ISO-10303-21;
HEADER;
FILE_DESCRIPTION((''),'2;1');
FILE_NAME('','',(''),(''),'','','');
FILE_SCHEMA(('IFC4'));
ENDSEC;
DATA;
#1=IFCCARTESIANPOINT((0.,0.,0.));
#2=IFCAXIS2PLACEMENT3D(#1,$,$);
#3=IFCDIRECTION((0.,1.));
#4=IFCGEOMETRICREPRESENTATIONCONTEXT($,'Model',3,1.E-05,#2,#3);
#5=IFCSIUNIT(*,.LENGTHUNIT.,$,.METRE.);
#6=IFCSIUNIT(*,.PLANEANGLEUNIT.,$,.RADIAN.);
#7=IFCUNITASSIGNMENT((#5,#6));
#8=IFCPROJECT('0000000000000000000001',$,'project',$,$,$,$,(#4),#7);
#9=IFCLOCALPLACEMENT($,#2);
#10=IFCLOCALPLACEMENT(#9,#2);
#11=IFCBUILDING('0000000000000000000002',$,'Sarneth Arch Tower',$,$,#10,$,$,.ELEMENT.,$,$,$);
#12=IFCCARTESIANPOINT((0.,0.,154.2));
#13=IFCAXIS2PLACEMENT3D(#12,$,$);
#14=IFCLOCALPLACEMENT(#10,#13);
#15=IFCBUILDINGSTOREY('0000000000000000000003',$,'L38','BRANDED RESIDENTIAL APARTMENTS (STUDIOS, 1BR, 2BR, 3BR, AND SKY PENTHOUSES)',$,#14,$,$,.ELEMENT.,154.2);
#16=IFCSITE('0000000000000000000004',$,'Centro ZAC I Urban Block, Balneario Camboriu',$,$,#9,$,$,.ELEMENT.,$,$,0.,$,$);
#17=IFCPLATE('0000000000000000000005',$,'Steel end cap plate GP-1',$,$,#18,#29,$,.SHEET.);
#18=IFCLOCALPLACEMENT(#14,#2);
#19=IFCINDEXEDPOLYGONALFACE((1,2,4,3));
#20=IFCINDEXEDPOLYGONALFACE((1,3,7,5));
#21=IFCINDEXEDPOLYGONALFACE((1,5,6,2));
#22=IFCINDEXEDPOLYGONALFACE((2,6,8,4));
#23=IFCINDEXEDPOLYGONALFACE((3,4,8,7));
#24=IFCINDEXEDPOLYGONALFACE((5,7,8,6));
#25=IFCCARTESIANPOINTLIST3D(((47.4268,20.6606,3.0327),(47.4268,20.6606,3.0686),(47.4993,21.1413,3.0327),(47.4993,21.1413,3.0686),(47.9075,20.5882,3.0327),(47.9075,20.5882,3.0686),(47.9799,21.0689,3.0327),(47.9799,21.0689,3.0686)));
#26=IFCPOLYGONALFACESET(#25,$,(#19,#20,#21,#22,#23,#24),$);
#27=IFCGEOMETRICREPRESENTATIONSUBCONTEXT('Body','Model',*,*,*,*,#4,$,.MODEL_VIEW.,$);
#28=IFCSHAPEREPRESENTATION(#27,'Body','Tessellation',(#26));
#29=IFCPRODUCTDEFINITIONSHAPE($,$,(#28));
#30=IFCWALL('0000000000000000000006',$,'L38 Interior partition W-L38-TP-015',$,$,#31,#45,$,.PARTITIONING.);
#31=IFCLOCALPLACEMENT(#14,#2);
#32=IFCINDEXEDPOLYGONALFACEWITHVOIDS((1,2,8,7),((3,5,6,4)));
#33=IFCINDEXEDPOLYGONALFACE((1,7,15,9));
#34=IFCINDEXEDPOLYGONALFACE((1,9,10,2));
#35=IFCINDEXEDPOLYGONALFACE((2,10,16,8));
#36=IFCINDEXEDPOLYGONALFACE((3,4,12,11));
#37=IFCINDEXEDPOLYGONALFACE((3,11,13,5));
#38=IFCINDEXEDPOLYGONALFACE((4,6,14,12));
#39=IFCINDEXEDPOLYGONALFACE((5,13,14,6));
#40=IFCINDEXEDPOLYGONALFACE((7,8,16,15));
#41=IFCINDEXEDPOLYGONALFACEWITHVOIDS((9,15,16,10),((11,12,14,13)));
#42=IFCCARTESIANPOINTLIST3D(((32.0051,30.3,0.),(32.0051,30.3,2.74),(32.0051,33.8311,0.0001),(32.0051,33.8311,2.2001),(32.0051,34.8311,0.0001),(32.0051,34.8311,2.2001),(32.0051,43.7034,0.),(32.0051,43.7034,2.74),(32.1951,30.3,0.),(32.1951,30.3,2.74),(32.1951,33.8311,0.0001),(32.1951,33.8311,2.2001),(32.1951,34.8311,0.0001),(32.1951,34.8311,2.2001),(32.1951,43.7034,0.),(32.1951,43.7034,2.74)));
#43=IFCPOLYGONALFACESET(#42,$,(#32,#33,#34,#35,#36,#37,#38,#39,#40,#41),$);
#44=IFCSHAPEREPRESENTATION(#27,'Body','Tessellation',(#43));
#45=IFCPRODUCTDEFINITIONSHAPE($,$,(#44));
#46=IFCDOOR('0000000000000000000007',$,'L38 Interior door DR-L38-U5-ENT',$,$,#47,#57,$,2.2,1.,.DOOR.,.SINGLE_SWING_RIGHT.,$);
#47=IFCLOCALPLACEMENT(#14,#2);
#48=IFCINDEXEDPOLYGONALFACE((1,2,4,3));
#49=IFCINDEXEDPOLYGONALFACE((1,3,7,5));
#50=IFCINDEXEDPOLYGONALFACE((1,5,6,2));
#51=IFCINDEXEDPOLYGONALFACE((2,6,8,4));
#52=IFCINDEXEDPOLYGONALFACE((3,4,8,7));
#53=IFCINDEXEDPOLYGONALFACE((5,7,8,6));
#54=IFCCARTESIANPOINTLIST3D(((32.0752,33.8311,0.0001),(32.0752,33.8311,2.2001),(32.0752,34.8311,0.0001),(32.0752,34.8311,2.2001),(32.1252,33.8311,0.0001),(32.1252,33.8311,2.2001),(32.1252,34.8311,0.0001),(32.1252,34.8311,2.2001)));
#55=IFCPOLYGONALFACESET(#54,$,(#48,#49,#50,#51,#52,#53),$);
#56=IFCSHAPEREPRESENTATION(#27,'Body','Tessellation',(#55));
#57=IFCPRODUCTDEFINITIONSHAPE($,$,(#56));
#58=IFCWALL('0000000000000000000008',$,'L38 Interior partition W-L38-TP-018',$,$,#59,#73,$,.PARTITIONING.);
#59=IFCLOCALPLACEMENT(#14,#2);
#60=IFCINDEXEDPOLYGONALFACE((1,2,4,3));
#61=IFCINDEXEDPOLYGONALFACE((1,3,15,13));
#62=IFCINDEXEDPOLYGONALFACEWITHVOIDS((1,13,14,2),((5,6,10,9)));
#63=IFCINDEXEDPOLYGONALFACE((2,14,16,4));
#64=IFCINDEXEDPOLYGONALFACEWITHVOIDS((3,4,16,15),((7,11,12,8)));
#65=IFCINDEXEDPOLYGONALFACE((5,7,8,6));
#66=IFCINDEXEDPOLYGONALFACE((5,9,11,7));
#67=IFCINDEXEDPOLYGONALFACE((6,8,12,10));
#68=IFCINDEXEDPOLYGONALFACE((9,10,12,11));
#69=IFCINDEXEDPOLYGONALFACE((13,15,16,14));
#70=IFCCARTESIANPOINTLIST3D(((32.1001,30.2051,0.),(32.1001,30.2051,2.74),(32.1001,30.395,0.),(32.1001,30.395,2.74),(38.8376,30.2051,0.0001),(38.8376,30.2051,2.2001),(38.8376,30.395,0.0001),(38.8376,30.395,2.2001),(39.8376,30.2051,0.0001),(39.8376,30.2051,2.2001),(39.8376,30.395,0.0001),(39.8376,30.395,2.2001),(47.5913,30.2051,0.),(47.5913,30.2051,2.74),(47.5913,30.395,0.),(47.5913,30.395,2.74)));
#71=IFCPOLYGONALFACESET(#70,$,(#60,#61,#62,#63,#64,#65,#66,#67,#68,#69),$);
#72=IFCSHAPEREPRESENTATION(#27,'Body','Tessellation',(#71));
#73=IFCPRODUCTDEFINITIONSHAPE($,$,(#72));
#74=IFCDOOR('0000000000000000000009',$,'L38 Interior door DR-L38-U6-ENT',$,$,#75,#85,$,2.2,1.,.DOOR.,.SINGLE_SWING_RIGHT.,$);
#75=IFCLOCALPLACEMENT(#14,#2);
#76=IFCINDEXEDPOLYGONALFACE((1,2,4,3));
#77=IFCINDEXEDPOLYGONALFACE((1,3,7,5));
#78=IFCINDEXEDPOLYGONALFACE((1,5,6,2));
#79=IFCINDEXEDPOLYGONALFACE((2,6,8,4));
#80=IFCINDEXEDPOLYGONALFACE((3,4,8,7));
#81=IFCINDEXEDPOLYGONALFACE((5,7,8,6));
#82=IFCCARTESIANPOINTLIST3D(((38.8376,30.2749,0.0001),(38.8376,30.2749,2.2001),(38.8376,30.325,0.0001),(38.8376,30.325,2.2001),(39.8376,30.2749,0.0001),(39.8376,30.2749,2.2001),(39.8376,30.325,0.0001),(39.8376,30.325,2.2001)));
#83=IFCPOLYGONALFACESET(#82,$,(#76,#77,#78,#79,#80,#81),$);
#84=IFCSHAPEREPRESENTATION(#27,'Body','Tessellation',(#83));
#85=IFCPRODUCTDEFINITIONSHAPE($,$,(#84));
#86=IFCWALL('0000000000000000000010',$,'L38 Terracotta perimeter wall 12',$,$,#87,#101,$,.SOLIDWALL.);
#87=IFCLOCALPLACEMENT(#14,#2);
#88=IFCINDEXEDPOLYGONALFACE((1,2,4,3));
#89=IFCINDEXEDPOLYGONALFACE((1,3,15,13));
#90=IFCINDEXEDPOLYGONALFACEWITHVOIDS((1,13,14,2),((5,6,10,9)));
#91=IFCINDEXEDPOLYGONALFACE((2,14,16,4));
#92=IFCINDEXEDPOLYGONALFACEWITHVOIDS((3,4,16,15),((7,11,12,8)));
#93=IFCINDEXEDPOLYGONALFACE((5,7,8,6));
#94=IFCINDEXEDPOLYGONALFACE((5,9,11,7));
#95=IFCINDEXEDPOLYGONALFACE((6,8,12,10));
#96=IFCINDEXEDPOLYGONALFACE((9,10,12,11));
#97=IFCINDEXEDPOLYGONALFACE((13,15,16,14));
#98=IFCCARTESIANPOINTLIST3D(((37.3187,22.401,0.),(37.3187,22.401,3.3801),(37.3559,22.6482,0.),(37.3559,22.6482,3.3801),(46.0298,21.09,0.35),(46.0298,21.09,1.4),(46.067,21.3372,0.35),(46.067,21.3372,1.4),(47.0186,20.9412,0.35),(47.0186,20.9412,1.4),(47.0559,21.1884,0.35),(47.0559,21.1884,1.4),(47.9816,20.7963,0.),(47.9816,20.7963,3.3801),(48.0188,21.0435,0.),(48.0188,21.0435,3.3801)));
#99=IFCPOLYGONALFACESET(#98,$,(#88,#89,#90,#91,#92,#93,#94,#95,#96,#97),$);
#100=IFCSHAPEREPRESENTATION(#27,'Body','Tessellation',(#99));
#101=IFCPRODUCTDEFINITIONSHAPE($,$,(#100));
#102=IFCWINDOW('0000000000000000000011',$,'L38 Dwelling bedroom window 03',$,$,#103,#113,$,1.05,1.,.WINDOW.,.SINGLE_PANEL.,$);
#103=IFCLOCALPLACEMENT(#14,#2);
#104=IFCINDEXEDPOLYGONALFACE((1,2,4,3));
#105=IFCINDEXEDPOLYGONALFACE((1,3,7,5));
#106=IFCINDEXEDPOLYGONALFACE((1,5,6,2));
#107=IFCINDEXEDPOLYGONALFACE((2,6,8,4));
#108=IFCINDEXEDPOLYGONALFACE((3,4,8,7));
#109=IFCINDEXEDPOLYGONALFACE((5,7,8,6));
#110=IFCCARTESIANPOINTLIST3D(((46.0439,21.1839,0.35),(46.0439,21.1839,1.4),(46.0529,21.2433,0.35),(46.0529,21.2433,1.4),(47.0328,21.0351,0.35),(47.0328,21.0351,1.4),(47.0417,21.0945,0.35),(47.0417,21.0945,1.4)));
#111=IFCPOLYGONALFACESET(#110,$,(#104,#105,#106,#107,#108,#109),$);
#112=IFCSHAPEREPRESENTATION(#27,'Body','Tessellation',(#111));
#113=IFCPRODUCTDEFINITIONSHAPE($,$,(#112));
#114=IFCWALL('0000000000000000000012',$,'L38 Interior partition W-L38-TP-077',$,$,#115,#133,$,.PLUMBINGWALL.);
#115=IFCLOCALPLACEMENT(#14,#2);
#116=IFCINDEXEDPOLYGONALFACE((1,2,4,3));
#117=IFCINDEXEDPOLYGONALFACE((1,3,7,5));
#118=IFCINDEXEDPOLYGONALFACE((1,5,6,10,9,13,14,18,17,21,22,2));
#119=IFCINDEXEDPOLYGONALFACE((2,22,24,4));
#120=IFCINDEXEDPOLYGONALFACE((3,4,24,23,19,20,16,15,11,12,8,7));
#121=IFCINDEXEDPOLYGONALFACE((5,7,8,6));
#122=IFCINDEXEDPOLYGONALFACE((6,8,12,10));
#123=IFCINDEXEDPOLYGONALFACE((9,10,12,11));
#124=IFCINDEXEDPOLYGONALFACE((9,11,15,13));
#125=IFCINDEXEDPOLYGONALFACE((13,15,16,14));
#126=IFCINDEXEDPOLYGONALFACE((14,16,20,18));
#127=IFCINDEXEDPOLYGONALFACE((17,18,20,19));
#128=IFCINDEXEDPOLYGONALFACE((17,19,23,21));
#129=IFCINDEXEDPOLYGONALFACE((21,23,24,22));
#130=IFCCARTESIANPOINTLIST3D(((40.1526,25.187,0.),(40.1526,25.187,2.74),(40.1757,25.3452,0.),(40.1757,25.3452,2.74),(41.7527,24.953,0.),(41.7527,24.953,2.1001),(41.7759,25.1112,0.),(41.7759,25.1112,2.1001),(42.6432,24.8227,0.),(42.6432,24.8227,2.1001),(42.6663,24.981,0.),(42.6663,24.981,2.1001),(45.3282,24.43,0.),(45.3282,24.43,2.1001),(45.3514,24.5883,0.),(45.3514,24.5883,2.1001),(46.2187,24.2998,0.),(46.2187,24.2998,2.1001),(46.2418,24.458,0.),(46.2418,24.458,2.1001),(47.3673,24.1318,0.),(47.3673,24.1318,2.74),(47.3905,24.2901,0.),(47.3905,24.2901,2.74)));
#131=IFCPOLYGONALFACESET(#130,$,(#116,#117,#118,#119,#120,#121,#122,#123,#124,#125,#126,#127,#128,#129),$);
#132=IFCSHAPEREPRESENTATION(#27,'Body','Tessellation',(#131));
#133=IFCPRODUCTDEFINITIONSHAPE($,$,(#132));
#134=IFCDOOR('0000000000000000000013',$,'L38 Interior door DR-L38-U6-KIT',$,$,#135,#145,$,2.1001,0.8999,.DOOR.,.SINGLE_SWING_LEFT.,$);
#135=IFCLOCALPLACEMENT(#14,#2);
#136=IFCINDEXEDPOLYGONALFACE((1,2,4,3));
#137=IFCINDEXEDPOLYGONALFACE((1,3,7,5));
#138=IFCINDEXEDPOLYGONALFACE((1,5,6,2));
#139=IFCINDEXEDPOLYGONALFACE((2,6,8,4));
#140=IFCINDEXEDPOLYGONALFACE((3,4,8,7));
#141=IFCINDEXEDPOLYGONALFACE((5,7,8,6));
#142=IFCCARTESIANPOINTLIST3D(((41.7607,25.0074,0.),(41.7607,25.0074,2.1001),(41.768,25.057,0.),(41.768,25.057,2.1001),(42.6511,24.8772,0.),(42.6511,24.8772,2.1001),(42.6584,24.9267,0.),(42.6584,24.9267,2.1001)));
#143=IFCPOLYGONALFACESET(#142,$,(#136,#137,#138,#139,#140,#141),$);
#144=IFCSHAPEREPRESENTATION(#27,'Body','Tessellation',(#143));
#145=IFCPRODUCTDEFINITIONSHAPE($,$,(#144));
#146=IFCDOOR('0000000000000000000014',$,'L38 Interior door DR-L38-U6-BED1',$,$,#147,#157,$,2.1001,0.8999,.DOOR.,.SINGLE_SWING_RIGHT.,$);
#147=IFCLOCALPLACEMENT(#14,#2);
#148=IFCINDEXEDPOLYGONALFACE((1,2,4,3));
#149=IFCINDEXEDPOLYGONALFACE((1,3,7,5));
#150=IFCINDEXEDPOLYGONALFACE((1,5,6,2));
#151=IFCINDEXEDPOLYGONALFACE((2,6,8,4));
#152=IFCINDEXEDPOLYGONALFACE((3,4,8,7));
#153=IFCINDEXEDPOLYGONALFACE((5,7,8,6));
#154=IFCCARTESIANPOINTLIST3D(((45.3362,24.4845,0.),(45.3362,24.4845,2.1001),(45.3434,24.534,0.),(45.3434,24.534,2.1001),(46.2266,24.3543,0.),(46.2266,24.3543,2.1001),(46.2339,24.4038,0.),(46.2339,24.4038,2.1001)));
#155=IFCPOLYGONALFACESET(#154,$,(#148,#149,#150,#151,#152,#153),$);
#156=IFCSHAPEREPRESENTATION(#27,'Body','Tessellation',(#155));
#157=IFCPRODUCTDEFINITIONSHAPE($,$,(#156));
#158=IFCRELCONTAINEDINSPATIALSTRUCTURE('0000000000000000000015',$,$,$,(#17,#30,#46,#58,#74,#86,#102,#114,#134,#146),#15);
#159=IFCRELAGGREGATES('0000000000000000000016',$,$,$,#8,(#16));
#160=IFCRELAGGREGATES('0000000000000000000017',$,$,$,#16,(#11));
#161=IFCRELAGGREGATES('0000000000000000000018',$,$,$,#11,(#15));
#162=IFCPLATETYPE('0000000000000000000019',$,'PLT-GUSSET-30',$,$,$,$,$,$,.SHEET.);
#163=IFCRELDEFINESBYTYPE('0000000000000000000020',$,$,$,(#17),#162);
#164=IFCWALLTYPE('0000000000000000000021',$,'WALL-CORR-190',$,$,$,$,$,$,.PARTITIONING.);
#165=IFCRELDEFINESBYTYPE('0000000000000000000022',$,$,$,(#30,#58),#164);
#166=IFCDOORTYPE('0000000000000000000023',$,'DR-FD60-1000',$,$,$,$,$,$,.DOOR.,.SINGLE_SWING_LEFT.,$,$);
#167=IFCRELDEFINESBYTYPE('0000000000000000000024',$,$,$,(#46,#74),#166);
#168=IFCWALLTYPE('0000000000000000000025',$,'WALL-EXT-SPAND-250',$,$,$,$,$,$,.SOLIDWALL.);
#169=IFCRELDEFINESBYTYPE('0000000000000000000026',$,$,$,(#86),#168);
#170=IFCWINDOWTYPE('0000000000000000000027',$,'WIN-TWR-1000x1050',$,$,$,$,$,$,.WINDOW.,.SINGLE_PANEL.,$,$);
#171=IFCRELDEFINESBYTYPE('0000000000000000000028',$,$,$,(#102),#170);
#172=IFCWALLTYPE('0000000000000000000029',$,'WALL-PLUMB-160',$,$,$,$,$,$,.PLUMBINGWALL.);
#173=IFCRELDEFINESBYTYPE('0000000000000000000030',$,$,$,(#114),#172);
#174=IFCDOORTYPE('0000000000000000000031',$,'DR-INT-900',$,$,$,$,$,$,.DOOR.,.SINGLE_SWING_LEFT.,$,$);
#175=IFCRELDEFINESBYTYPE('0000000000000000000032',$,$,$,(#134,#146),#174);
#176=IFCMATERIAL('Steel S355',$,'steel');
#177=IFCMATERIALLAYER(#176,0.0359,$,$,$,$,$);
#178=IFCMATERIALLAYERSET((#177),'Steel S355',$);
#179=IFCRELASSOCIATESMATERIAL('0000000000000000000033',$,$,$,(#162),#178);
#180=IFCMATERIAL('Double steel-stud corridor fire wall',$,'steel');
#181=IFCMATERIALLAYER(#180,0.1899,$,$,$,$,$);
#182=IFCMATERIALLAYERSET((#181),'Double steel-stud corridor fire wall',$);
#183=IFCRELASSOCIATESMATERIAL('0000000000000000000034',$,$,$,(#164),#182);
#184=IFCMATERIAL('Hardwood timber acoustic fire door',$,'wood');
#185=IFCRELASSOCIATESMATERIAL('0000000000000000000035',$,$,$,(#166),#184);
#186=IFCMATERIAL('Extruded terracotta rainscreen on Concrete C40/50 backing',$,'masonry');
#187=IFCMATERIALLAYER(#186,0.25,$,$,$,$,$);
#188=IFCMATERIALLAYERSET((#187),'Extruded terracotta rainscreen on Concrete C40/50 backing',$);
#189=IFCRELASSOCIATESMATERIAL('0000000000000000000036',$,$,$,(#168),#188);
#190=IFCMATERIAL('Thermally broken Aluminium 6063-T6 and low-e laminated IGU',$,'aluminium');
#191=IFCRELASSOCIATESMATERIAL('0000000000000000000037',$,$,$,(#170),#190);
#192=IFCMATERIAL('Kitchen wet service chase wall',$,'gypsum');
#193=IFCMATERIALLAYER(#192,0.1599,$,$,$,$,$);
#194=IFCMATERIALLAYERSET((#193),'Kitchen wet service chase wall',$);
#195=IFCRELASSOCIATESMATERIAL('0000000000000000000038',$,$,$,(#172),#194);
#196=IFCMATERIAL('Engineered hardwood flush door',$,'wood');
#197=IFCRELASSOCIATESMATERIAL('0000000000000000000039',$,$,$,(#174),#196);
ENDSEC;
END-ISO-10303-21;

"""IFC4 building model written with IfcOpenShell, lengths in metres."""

from ifc_helpers import new_model, si_unit, direction, frame, frame_2d, origin, origin_2d, place, context, subcontext, project, spatial, rectangle, extrude, material, layer, layer_set, type_object, element, fill, save


model = new_model("IFC4")

# Units and contexts
model_context = context("Model", 3, precision=1e-05, world=origin(), true_north=direction((0.0, 1.0)))
body_context = subcontext(model_context, "Body", "Model", "MODEL_VIEW")
ifc_project = project(units=[si_unit("LENGTHUNIT", "METRE"), si_unit("PLANEANGLEUNIT", "RADIAN")], contexts=[model_context])

# Site, building, storey
site_placement = place(None, origin())
site = spatial("IfcSite", under=ifc_project, at=site_placement, Name="Centro ZAC I Urban Block, Balneario Camboriu", CompositionType="ELEMENT", RefElevation=0.0)
building_placement = place(site_placement, origin())
building = spatial("IfcBuilding", under=site, at=building_placement, Name="Sarneth Arch Tower", CompositionType="ELEMENT")
storey_placement = place(building_placement, frame((0.0, 0.0, 154.2)))
storey = spatial("IfcBuildingStorey", under=building, at=storey_placement, Name="L38", Description="BRANDED RESIDENTIAL APARTMENTS (STUDIOS, 1BR, 2BR, 3BR, AND SKY PENTHOUSES)", CompositionType="ELEMENT", Elevation=154.2)

# Plate
ifc_material_1 = material(Name="Steel S355", Category="steel")
ifc_layer_1 = layer(ifc_material_1, 0.0359)
ifc_layer_set_1 = layer_set([ifc_layer_1], Name="Steel S355")
plate_type = type_object("IfcPlateType", Name="PLT-GUSSET-30", PredefinedType="SHEET", material=ifc_layer_set_1)
for number, where, z_axis, x_axis, name in (
    (1, (47.7034, 20.8647, 3.0327), (0.0, 0.0, 1.0), (0.988835, -0.149018, 0.0), "Steel end cap plate GP-1"),
):
    element("IfcPlate", number, at=place(storey_placement, frame(where, z_axis=z_axis, x_axis=x_axis)), inside=storey, type_object=plate_type, Name=name, PredefinedType="SHEET", context=body_context, shape_type="SweptSolid", body=[
        extrude(rectangle(XDim=0.4861, YDim=0.4861, at=origin_2d()), origin(), (0.0, 0.0, 1.0), 0.0359),
    ])

# Walls, openings, doors
ifc_material_2 = material(Name="Double steel-stud corridor fire wall", Category="steel")
ifc_layer_2 = layer(ifc_material_2, 0.1899)
ifc_layer_set_2 = layer_set([ifc_layer_2], Name="Double steel-stud corridor fire wall")
wall_type_1 = type_object("IfcWallType", Name="WALL-CORR-190", PredefinedType="PARTITIONING", material=ifc_layer_set_2)
wall_1_placement = place(storey_placement, frame((32.1001, 30.3, 0.0), z_axis=(0.0, 0.0, 1.0), x_axis=(0.0, 1.0, 0.0)))
wall_1 = element("IfcWall", 2, at=wall_1_placement, inside=storey, type_object=wall_type_1, Name="L38 Interior partition W-L38-TP-015", PredefinedType="PARTITIONING", context=body_context, shape_type="SweptSolid", body=[
    extrude(rectangle(XDim=13.4033, YDim=0.1899, at=frame_2d((6.7017, 0.0))), origin(), (0.0, 0.0, 1.0), 2.74),
])
opening_1_placement = place(wall_1_placement, frame((3.531, 0.0, 0.0)))
opening_1 = element("IfcOpeningElement", 3, at=opening_1_placement, cuts=wall_1, PredefinedType="OPENING", context=body_context, shape_type="SweptSolid", body=[
    extrude(rectangle(XDim=1.0, YDim=2.2, at=frame_2d((0.5, 1.1001))), frame((0.0, 0.105, 0.0), z_axis=(0.0, -1.0, 0.0), x_axis=(1.0, 0.0, 0.0)), (0.0, 0.0, 1.0), 0.21),
])
ifc_material_3 = material(Name="Hardwood timber acoustic fire door", Category="wood")
door_type_1 = type_object("IfcDoorType", Name="DR-FD60-1000", OperationType="SINGLE_SWING_LEFT", PredefinedType="DOOR", material=ifc_material_3)
door_1_placement = place(opening_1_placement, origin())
door_1 = element("IfcDoor", 4, at=door_1_placement, inside=storey, type_object=door_type_1, Name="L38 Interior door DR-L38-U5-ENT", OperationType="SINGLE_SWING_RIGHT", OverallHeight=2.2, OverallWidth=1.0, PredefinedType="DOOR", context=body_context, shape_type="SweptSolid", body=[
    extrude(rectangle(XDim=1.0, YDim=2.2, at=frame_2d((0.5, 1.1001))), frame((0.0, 0.0249, 0.0), z_axis=(0.0, -1.0, 0.0), x_axis=(1.0, 0.0, 0.0)), (0.0, 0.0, 1.0), 0.05),
])
fill(opening_1, door_1)
wall_2_placement = place(storey_placement, frame((32.1001, 30.3, 0.0), z_axis=(0.0, 0.0, 1.0), x_axis=(1.0, 0.0, 0.0)))
wall_2 = element("IfcWall", 5, at=wall_2_placement, inside=storey, type_object=wall_type_1, Name="L38 Interior partition W-L38-TP-018", PredefinedType="PARTITIONING", context=body_context, shape_type="SweptSolid", body=[
    extrude(rectangle(XDim=15.4912, YDim=0.1899, at=frame_2d((7.7456, 0.0))), origin(), (0.0, 0.0, 1.0), 2.74),
])
opening_2_placement = place(wall_2_placement, frame((6.7375, 0.0, 0.0)))
opening_2 = element("IfcOpeningElement", 6, at=opening_2_placement, cuts=wall_2, PredefinedType="OPENING", context=body_context, shape_type="SweptSolid", body=[
    extrude(rectangle(XDim=1.0, YDim=2.2, at=frame_2d((0.5, 1.1001))), frame((0.0, 0.105, 0.0), z_axis=(0.0, -1.0, 0.0), x_axis=(1.0, 0.0, 0.0)), (0.0, 0.0, 1.0), 0.21),
])
door_2_placement = place(opening_2_placement, origin())
door_2 = element("IfcDoor", 7, at=door_2_placement, inside=storey, type_object=door_type_1, Name="L38 Interior door DR-L38-U6-ENT", OperationType="SINGLE_SWING_RIGHT", OverallHeight=2.2, OverallWidth=1.0, PredefinedType="DOOR", context=body_context, shape_type="SweptSolid", body=[
    extrude(rectangle(XDim=1.0, YDim=2.2, at=frame_2d((0.5, 1.1001))), frame((0.0, 0.0249, 0.0), z_axis=(0.0, -1.0, 0.0), x_axis=(1.0, 0.0, 0.0)), (0.0, 0.0, 1.0), 0.05),
])
fill(opening_2, door_2)

# Wall, opening, window
ifc_material_4 = material(Name="Extruded terracotta rainscreen on Concrete C40/50 backing", Category="masonry")
ifc_layer_3 = layer(ifc_material_4, 0.25)
ifc_layer_set_3 = layer_set([ifc_layer_3], Name="Extruded terracotta rainscreen on Concrete C40/50 backing")
wall_type_2 = type_object("IfcWallType", Name="WALL-EXT-SPAND-250", PredefinedType="SOLIDWALL", material=ifc_layer_set_3)
wall_3_placement = place(storey_placement, frame((37.3372, 22.5247, 0.0), z_axis=(0.0, 0.0, 1.0), x_axis=(0.988864, -0.148822, 0.0)))
wall_3 = element("IfcWall", 8, at=wall_3_placement, inside=storey, type_object=wall_type_2, Name="L38 Terracotta perimeter wall 12", PredefinedType="SOLIDWALL", context=body_context, shape_type="SweptSolid", body=[
    extrude(rectangle(XDim=10.783, YDim=0.25, at=frame_2d((5.3916, 0.0))), origin(), (0.0, 0.0, 1.0), 3.3801),
])
opening_3_placement = place(wall_3_placement, frame((8.8093, 0.0, 0.3501)))
opening_3 = element("IfcOpeningElement", 9, at=opening_3_placement, cuts=wall_3, PredefinedType="OPENING", context=body_context, shape_type="SweptSolid", body=[
    extrude(rectangle(XDim=1.0, YDim=1.05, at=frame_2d((0.5, 0.5249))), frame((0.0, 0.135, 0.0), z_axis=(0.0, -1.0, 0.0), x_axis=(1.0, 0.0, 0.0)), (0.0, 0.0, 1.0), 0.27),
])
ifc_material_5 = material(Name="Thermally broken Aluminium 6063-T6 and low-e laminated IGU", Category="aluminium")
window_type = type_object("IfcWindowType", Name="WIN-TWR-1000x1050", PartitioningType="SINGLE_PANEL", PredefinedType="WINDOW", material=ifc_material_5)
window_placement = place(opening_3_placement, origin())
window = element("IfcWindow", 10, at=window_placement, inside=storey, type_object=window_type, Name="L38 Dwelling bedroom window 03", OverallHeight=1.05, OverallWidth=1.0, PartitioningType="SINGLE_PANEL", PredefinedType="WINDOW", context=body_context, shape_type="SweptSolid", body=[
    extrude(rectangle(XDim=1.0, YDim=1.05, at=frame_2d((0.5, 0.5249))), frame((0.0, 0.03, 0.0), z_axis=(0.0, -1.0, 0.0), x_axis=(1.0, 0.0, 0.0)), (0.0, 0.0, 1.0), 0.0601),
])
fill(opening_3, window)

# Wall, openings, doors
ifc_material_6 = material(Name="Kitchen wet service chase wall", Category="gypsum")
ifc_layer_4 = layer(ifc_material_6, 0.1599)
ifc_layer_set_4 = layer_set([ifc_layer_4], Name="Kitchen wet service chase wall")
wall_type_3 = type_object("IfcWallType", Name="WALL-PLUMB-160", PredefinedType="PLUMBINGWALL", material=ifc_layer_set_4)
wall_4_placement = place(storey_placement, frame((47.3789, 24.2109, 0.0), z_axis=(0.0, 0.0, 1.0), x_axis=(-0.989474, 0.144711, 0.0)))
wall_4 = element("IfcWall", 11, at=wall_4_placement, inside=storey, type_object=wall_type_3, Name="L38 Interior partition W-L38-TP-077", PredefinedType="PLUMBINGWALL", context=body_context, shape_type="SweptSolid", body=[
    extrude(rectangle(XDim=7.2915, YDim=0.1599, at=frame_2d((3.6458, 0.0))), origin(), (0.0, 0.0, 1.0), 2.74),
])
opening_4_placement = place(wall_4_placement, frame((4.7744, 0.0, 0.0)))
opening_4 = element("IfcOpeningElement", 12, at=opening_4_placement, cuts=wall_4, PredefinedType="OPENING", context=body_context, shape_type="SweptSolid", body=[
    extrude(rectangle(XDim=0.8999, YDim=2.1001, at=frame_2d((0.45, 1.05))), frame((0.0, 0.0898, 0.0), z_axis=(0.0, -1.0, 0.0), x_axis=(1.0, 0.0, 0.0)), (0.0, 0.0, 1.0), 0.1799),
])
opening_5_placement = place(wall_4_placement, frame((1.1609, 0.0, 0.0)))
opening_5 = element("IfcOpeningElement", 13, at=opening_5_placement, cuts=wall_4, PredefinedType="OPENING", context=body_context, shape_type="SweptSolid", body=[
    extrude(rectangle(XDim=0.8999, YDim=2.1001, at=frame_2d((0.45, 1.05))), frame((0.0, 0.0898, 0.0), z_axis=(0.0, -1.0, 0.0), x_axis=(1.0, 0.0, 0.0)), (0.0, 0.0, 1.0), 0.1799),
])
ifc_material_7 = material(Name="Engineered hardwood flush door", Category="wood")
door_type_2 = type_object("IfcDoorType", Name="DR-INT-900", OperationType="SINGLE_SWING_LEFT", PredefinedType="DOOR", material=ifc_material_7)
door_3_placement = place(opening_4_placement, origin())
door_3 = element("IfcDoor", 14, at=door_3_placement, inside=storey, type_object=door_type_2, Name="L38 Interior door DR-L38-U6-KIT", OperationType="SINGLE_SWING_LEFT", OverallHeight=2.1001, OverallWidth=0.8999, PredefinedType="DOOR", context=body_context, shape_type="SweptSolid", body=[
    extrude(rectangle(XDim=0.8999, YDim=2.1001, at=frame_2d((0.45, 1.05))), frame((0.0, 0.0249, 0.0), z_axis=(0.0, -1.0, 0.0), x_axis=(1.0, 0.0, 0.0)), (0.0, 0.0, 1.0), 0.05),
])
fill(opening_4, door_3)
door_4_placement = place(opening_5_placement, origin())
door_4 = element("IfcDoor", 15, at=door_4_placement, inside=storey, type_object=door_type_2, Name="L38 Interior door DR-L38-U6-BED1", OperationType="SINGLE_SWING_RIGHT", OverallHeight=2.1001, OverallWidth=0.8999, PredefinedType="DOOR", context=body_context, shape_type="SweptSolid", body=[
    extrude(rectangle(XDim=0.8999, YDim=2.1001, at=frame_2d((0.45, 1.05))), frame((0.0, 0.0249, 0.0), z_axis=(0.0, -1.0, 0.0), x_axis=(1.0, 0.0, 0.0)), (0.0, 0.0, 1.0), 0.05),
])
fill(opening_5, door_4)

save(model, "model.ifc")
